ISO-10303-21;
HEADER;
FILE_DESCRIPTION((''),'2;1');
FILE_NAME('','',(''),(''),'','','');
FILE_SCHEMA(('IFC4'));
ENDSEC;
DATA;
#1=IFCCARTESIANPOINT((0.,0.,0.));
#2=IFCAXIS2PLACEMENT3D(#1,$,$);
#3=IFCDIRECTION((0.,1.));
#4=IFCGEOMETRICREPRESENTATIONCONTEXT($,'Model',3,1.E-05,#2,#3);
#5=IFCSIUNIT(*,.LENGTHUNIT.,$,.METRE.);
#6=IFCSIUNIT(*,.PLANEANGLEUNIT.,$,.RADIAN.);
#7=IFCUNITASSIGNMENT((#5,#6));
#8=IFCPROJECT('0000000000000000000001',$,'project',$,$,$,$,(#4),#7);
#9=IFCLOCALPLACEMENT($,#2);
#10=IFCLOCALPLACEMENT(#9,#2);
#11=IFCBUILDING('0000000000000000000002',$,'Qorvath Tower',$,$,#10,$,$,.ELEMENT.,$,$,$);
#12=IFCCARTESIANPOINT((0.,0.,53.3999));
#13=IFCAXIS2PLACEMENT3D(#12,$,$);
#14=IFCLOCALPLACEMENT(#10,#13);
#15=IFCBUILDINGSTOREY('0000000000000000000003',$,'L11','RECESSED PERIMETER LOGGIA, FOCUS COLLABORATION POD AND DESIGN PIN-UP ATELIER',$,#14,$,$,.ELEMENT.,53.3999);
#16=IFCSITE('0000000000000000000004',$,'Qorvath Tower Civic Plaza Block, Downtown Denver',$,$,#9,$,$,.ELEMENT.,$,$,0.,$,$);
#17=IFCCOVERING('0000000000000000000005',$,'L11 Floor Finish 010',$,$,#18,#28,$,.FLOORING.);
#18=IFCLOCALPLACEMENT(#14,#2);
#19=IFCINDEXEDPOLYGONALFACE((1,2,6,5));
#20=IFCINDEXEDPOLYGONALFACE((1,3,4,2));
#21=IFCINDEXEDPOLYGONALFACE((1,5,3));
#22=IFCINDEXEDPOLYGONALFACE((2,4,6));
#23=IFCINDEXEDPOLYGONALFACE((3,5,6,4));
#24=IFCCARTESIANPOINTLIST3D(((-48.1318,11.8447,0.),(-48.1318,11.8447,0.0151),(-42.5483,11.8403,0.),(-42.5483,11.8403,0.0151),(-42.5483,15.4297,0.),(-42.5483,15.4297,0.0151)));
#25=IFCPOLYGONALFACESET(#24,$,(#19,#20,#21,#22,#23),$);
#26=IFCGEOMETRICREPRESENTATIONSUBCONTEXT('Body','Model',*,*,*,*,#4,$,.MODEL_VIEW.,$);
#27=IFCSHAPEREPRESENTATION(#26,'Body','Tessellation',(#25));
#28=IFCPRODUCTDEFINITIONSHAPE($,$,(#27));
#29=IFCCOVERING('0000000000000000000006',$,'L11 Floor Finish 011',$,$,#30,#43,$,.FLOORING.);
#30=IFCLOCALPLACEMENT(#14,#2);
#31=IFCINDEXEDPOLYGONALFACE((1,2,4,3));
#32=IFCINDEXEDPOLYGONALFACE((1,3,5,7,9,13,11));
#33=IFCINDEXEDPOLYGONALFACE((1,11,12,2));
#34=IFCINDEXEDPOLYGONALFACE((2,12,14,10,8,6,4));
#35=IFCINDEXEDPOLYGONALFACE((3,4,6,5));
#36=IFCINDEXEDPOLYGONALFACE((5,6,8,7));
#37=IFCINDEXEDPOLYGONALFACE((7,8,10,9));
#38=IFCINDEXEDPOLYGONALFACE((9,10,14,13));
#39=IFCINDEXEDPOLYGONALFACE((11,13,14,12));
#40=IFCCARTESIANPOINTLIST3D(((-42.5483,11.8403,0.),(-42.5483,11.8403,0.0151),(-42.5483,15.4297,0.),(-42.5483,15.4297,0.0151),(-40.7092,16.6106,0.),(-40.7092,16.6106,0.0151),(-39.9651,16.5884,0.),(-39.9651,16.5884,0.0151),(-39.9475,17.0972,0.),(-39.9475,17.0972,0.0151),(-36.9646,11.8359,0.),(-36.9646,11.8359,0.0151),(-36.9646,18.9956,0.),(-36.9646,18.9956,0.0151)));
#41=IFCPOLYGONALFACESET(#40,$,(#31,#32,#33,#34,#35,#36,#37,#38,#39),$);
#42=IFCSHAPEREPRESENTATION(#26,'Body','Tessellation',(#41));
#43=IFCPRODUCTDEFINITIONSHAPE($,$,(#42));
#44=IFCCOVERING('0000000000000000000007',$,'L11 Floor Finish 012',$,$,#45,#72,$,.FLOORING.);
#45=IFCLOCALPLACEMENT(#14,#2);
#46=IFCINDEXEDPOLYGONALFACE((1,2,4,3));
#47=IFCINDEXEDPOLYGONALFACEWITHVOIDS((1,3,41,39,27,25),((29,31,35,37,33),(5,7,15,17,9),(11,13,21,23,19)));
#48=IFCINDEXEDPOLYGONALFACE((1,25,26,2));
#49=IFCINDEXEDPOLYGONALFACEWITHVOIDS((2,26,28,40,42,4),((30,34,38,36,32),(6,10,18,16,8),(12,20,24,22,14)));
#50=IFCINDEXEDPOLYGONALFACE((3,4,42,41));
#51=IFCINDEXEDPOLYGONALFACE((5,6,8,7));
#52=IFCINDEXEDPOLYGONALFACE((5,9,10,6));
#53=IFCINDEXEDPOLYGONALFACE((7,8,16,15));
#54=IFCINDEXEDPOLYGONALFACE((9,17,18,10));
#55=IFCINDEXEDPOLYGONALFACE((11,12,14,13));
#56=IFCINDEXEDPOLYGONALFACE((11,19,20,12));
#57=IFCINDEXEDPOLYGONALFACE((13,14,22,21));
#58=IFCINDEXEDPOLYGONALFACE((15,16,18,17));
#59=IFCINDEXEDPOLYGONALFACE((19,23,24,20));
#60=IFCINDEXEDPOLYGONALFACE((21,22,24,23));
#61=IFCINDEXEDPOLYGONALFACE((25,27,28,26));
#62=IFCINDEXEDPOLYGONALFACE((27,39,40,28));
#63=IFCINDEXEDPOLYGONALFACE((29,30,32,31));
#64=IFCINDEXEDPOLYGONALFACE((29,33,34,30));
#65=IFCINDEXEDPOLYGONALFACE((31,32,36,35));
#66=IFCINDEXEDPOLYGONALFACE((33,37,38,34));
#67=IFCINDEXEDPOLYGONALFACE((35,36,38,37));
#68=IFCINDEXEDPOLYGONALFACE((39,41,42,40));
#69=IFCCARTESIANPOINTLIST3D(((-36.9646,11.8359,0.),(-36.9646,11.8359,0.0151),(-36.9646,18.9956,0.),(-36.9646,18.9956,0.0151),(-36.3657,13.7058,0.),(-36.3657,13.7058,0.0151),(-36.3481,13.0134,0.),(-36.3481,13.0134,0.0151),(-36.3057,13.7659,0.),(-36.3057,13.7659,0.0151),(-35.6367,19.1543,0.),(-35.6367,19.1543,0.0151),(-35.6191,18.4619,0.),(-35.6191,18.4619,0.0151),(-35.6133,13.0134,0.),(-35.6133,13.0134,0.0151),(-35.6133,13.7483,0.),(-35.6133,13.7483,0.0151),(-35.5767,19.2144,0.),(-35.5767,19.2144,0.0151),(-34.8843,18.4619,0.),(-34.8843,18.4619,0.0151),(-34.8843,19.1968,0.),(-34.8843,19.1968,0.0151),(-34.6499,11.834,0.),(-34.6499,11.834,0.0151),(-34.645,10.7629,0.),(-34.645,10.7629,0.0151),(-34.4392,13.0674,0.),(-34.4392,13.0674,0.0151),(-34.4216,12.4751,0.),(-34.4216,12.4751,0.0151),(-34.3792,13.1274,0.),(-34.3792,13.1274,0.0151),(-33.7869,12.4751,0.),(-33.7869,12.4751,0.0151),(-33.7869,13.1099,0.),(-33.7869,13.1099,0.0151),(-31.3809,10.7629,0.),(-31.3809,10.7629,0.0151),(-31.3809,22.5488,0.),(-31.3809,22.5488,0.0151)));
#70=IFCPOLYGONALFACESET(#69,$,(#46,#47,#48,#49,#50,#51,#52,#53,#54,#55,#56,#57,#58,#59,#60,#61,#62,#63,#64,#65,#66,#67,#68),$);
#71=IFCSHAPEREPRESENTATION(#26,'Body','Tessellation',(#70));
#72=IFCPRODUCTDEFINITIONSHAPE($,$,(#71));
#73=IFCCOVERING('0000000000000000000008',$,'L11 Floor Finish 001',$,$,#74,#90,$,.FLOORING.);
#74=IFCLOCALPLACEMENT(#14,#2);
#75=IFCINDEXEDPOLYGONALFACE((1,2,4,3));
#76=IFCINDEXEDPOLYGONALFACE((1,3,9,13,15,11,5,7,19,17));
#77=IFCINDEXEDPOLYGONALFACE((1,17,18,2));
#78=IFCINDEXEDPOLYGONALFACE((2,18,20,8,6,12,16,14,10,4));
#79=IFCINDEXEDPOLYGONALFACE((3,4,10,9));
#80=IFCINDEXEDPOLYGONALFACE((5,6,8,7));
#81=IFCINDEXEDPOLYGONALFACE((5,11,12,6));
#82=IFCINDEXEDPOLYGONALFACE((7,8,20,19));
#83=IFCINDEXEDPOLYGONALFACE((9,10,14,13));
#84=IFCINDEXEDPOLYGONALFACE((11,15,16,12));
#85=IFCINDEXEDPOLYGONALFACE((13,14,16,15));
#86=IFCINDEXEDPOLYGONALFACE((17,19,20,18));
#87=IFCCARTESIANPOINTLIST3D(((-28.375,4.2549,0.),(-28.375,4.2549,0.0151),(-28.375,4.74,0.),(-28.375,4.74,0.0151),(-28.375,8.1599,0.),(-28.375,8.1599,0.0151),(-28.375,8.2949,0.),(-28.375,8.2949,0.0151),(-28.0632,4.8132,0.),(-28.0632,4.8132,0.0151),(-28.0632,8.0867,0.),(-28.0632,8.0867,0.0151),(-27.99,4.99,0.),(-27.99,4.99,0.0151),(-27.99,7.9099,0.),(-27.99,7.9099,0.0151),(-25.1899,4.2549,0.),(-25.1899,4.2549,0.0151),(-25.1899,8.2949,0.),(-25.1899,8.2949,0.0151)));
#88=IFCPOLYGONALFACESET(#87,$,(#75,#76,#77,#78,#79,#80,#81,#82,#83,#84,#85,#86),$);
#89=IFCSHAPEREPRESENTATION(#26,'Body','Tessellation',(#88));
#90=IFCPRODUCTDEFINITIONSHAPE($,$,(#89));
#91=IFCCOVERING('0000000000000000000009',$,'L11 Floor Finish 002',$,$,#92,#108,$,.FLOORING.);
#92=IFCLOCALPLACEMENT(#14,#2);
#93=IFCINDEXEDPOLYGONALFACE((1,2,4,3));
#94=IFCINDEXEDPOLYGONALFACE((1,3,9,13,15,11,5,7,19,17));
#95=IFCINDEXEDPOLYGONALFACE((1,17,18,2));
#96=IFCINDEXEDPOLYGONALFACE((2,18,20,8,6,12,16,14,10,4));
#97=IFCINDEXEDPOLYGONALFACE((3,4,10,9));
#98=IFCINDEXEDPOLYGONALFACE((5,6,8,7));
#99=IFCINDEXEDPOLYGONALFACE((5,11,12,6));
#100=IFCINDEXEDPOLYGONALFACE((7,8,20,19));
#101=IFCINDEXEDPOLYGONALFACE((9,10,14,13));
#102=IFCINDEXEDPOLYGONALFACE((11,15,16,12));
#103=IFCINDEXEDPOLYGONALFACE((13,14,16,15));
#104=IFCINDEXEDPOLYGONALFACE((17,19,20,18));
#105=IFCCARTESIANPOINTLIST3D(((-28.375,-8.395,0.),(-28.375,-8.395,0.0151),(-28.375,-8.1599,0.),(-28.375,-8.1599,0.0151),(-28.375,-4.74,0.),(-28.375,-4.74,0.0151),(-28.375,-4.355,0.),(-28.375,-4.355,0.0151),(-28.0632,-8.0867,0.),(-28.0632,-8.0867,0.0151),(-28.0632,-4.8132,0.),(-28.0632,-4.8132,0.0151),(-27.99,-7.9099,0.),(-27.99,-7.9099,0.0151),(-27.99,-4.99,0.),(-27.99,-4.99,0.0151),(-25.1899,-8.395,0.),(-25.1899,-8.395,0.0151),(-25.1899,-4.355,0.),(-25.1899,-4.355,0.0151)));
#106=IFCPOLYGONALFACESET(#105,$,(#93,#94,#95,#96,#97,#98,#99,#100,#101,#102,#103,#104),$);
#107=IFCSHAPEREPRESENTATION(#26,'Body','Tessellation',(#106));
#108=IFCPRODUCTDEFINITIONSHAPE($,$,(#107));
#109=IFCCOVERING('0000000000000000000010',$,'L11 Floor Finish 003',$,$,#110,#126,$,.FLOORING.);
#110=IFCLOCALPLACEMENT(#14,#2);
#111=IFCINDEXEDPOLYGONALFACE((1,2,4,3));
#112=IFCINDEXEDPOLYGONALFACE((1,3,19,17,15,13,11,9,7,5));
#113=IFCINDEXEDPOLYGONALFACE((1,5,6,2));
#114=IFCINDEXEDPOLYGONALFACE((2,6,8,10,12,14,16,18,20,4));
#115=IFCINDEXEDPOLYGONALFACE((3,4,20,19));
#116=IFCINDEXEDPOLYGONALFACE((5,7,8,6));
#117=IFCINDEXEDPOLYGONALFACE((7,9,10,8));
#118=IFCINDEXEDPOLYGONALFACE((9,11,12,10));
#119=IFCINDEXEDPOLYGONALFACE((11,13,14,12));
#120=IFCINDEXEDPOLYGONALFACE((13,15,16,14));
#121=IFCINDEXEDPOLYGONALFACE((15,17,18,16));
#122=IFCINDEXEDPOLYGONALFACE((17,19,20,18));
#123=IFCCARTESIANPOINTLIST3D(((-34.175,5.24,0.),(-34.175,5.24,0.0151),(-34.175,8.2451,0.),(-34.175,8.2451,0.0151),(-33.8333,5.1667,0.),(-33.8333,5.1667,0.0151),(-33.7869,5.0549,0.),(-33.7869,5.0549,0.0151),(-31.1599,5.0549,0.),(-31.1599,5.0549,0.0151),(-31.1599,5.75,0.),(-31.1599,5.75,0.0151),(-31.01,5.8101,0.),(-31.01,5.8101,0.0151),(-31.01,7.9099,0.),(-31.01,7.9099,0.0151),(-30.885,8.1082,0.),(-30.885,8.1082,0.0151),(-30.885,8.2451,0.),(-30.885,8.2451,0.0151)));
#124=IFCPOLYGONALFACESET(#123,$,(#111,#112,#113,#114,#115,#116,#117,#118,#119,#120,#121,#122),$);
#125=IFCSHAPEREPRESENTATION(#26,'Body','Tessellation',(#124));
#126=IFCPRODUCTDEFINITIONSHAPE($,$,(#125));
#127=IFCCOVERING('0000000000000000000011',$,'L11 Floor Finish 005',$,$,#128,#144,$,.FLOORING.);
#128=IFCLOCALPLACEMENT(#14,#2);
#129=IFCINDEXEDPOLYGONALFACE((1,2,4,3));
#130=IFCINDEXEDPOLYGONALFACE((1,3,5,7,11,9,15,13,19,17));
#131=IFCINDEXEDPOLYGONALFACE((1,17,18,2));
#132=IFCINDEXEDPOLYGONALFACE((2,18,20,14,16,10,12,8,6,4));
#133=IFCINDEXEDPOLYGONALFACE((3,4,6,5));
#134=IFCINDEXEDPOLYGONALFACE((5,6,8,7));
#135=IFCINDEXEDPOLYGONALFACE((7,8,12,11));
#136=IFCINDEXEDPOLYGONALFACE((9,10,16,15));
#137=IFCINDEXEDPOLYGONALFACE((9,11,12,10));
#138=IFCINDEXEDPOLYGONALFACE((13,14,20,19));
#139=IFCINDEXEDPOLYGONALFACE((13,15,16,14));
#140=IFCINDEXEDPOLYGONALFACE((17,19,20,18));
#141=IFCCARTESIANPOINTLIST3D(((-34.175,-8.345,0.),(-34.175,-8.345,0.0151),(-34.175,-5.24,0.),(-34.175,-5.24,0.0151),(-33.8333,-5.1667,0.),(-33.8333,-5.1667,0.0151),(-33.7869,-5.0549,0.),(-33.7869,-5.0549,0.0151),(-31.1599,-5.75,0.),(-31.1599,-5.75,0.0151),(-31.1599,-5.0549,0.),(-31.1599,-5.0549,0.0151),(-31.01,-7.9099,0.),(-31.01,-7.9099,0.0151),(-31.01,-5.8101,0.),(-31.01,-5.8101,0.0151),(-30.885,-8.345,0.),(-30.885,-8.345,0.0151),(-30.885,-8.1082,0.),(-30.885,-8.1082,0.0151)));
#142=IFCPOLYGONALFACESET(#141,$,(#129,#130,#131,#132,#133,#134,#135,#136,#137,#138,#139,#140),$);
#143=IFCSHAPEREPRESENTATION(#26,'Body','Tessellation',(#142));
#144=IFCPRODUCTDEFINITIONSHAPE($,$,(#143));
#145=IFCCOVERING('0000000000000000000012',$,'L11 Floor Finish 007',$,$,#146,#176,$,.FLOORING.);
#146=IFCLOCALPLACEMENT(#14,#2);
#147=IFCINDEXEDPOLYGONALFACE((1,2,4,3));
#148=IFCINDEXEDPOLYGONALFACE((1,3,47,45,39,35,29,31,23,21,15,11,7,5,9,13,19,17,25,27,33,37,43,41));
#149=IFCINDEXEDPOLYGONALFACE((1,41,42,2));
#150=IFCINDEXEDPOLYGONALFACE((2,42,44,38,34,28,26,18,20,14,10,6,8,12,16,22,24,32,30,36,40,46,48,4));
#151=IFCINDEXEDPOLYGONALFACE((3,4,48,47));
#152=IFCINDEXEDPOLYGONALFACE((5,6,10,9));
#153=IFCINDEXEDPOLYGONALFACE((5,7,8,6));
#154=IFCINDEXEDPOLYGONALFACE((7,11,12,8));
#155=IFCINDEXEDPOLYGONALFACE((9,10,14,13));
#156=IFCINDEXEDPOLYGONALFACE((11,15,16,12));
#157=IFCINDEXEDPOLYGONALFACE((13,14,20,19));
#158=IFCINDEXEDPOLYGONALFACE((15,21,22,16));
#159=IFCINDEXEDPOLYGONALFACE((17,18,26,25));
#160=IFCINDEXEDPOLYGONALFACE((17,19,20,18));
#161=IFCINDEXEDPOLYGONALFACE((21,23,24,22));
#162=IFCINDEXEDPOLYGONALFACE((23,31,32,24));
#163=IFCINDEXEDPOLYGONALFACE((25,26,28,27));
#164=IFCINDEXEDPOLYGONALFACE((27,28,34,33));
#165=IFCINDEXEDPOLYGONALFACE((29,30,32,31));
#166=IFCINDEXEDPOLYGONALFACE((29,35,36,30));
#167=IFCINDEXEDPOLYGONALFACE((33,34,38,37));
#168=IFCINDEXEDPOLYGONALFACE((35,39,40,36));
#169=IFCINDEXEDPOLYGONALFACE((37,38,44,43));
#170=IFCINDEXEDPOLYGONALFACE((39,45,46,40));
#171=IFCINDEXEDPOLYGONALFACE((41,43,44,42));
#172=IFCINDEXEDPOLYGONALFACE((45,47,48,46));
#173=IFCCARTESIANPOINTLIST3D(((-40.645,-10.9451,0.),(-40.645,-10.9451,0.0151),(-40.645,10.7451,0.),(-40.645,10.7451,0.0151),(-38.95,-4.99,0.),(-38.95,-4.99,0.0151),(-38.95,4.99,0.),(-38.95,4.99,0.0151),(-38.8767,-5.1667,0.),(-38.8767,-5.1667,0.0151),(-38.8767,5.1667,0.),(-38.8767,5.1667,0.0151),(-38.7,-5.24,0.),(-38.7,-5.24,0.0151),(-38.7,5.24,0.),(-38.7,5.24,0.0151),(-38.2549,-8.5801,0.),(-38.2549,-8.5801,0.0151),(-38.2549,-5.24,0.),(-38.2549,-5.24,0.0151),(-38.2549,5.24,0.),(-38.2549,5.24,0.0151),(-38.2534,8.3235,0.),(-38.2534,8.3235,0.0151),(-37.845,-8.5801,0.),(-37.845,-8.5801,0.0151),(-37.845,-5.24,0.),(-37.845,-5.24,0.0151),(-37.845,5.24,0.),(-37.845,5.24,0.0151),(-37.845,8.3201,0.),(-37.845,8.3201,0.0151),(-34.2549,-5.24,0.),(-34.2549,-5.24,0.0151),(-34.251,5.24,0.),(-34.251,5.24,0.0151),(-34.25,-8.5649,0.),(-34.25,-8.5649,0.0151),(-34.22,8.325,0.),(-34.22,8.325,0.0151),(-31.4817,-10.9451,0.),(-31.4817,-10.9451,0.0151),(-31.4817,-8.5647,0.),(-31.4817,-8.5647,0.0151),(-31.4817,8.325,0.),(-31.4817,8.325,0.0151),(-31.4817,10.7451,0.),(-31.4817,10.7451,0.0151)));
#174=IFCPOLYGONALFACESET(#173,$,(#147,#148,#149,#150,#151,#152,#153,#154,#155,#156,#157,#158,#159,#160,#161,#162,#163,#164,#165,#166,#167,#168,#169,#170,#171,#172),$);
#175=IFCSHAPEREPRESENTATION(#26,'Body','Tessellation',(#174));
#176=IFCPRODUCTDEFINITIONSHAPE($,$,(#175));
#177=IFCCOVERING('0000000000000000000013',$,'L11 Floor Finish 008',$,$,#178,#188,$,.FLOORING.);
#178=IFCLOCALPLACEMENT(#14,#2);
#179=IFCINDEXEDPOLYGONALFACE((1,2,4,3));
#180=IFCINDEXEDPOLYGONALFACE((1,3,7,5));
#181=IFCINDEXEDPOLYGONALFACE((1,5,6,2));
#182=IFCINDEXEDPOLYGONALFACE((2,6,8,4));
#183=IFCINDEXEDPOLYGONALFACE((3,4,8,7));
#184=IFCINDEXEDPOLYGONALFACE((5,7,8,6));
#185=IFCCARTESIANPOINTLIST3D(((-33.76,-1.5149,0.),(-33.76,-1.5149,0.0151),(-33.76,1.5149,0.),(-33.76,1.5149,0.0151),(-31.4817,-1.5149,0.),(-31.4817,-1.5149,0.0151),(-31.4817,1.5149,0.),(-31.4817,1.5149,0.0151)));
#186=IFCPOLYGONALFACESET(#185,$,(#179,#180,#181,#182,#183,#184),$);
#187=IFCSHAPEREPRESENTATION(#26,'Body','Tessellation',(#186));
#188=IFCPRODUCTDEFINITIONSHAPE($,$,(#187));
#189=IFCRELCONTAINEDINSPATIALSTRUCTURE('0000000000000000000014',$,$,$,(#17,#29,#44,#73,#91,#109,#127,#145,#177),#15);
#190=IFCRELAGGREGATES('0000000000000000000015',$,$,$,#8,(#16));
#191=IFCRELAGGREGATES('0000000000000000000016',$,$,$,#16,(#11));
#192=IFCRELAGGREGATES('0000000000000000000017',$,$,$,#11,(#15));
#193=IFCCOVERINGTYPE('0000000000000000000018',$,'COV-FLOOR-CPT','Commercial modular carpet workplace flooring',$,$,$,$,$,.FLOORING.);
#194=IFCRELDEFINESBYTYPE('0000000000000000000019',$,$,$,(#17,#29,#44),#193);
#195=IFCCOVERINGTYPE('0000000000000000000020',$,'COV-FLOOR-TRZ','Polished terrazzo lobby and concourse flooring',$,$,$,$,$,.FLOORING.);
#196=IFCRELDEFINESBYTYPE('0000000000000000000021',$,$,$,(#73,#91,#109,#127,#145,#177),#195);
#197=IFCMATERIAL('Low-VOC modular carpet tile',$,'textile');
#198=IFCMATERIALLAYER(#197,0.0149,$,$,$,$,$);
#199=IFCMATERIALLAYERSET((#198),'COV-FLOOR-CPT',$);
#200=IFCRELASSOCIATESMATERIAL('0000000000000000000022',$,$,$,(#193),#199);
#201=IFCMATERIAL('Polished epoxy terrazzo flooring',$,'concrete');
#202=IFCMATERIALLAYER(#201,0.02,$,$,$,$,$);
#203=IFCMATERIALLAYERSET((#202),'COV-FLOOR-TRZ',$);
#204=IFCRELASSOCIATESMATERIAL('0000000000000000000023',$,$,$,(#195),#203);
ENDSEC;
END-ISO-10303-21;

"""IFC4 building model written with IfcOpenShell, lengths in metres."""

from ifc_helpers import new_model, si_unit, direction, frame, origin, place, context, subcontext, project, spatial, polyline, outline, extrude, material, layer, layer_set, type_object, element, save


model = new_model("IFC4")

# Units and contexts
model_context = context("Model", 3, precision=1e-05, world=origin(), true_north=direction((0.0, 1.0)))
body_context = subcontext(model_context, "Body", "Model", "MODEL_VIEW")
ifc_project = project(units=[si_unit("LENGTHUNIT", "METRE"), si_unit("PLANEANGLEUNIT", "RADIAN")], contexts=[model_context])

# Site, building, storey
site_placement = place(None, origin())
site = spatial("IfcSite", under=ifc_project, at=site_placement, Name="Qorvath Tower Civic Plaza Block, Downtown Denver", CompositionType="ELEMENT", RefElevation=0.0)
building_placement = place(site_placement, origin())
building = spatial("IfcBuilding", under=site, at=building_placement, Name="Qorvath Tower", CompositionType="ELEMENT")
storey_placement = place(building_placement, frame((0.0, 0.0, 53.3999)))
storey = spatial("IfcBuildingStorey", under=building, at=storey_placement, Name="L11", Description="RECESSED PERIMETER LOGGIA, FOCUS COLLABORATION POD AND DESIGN PIN-UP ATELIER", CompositionType="ELEMENT", Elevation=53.3999)

# Coverings
ifc_material_1 = material(Name="Low-VOC modular carpet tile", Category="textile")
ifc_layer_1 = layer(ifc_material_1, 0.0149)
ifc_layer_set_1 = layer_set([ifc_layer_1], Name="COV-FLOOR-CPT")
covering_type_1 = type_object("IfcCoveringType", Name="COV-FLOOR-CPT", Description="Commercial modular carpet workplace flooring", PredefinedType="FLOORING", material=ifc_layer_set_1)
covering_1_placement = place(storey_placement, origin())
element("IfcCovering", 1, at=covering_1_placement, inside=storey, type_object=covering_type_1, Name="L11 Floor Finish 010", PredefinedType="FLOORING", context=body_context, shape_type="SweptSolid", body=[
    extrude(outline(polyline([(-42.5483, 11.8403), (-42.5483, 15.4297), (-48.1318, 11.8447), (-42.5483, 11.8403)])), origin(), (0.0, 0.0, 1.0), 0.0151),
])
covering_2_placement = place(storey_placement, origin())
element("IfcCovering", 2, at=covering_2_placement, inside=storey, type_object=covering_type_1, Name="L11 Floor Finish 011", PredefinedType="FLOORING", context=body_context, shape_type="SweptSolid", body=[
    extrude(outline(polyline([(-36.9646, 11.8359), (-36.9646, 18.9956), (-39.9475, 17.0972), (-39.9651, 16.5884), (-40.7092, 16.6106), (-42.5483, 15.4297), (-42.5483, 11.8403), (-36.9646, 11.8359)])), origin(), (0.0, 0.0, 1.0), 0.0151),
])
covering_3_placement = place(storey_placement, origin())
element("IfcCovering", 3, at=covering_3_placement, inside=storey, type_object=covering_type_1, Name="L11 Floor Finish 012", PredefinedType="FLOORING", context=body_context, shape_type="SweptSolid", body=[
    extrude(outline(polyline([(-31.3809, 22.5488), (-36.9646, 18.9956), (-36.9646, 11.8359), (-34.6499, 11.834), (-34.645, 10.7629), (-31.3809, 10.7629), (-31.3809, 22.5488)]), holes=[polyline([(-34.4392, 13.0674), (-34.3792, 13.1274), (-33.7869, 13.1099), (-33.7869, 12.4751), (-34.4216, 12.4751), (-34.4392, 13.0674)]), polyline([(-35.6367, 19.1543), (-35.5767, 19.2144), (-34.8843, 19.1968), (-34.8843, 18.4619), (-35.6191, 18.4619), (-35.6367, 19.1543)]), polyline([(-36.3657, 13.7058), (-36.3057, 13.7659), (-35.6133, 13.7483), (-35.6133, 13.0134), (-36.3481, 13.0134), (-36.3657, 13.7058)])]), origin(), (0.0, 0.0, 1.0), 0.0151),
])
ifc_material_2 = material(Name="Polished epoxy terrazzo flooring", Category="concrete")
ifc_layer_2 = layer(ifc_material_2, 0.02)
ifc_layer_set_2 = layer_set([ifc_layer_2], Name="COV-FLOOR-TRZ")
covering_type_2 = type_object("IfcCoveringType", Name="COV-FLOOR-TRZ", Description="Polished terrazzo lobby and concourse flooring", PredefinedType="FLOORING", material=ifc_layer_set_2)
covering_4_placement = place(storey_placement, origin())
element("IfcCovering", 4, at=covering_4_placement, inside=storey, type_object=covering_type_2, Name="L11 Floor Finish 001", PredefinedType="FLOORING", context=body_context, shape_type="SweptSolid", body=[
    extrude(outline(polyline([(-25.1899, 4.2549), (-25.1899, 8.2949), (-28.375, 8.2949), (-28.375, 8.1599), (-28.0632, 8.0867), (-27.99, 7.9099), (-27.99, 4.99), (-28.0632, 4.8132), (-28.375, 4.74), (-28.375, 4.2549), (-25.1899, 4.2549)])), origin(), (0.0, 0.0, 1.0), 0.0151),
])
covering_5_placement = place(storey_placement, origin())
element("IfcCovering", 5, at=covering_5_placement, inside=storey, type_object=covering_type_2, Name="L11 Floor Finish 002", PredefinedType="FLOORING", context=body_context, shape_type="SweptSolid", body=[
    extrude(outline(polyline([(-25.1899, -8.395), (-25.1899, -4.355), (-28.375, -4.355), (-28.375, -4.74), (-28.0632, -4.8132), (-27.99, -4.99), (-27.99, -7.9099), (-28.0632, -8.0867), (-28.375, -8.1599), (-28.375, -8.395), (-25.1899, -8.395)])), origin(), (0.0, 0.0, 1.0), 0.0151),
])
covering_6_placement = place(storey_placement, origin())
element("IfcCovering", 6, at=covering_6_placement, inside=storey, type_object=covering_type_2, Name="L11 Floor Finish 003", PredefinedType="FLOORING", context=body_context, shape_type="SweptSolid", body=[
    extrude(outline(polyline([(-31.01, 7.9099), (-30.885, 8.1082), (-30.885, 8.2451), (-34.175, 8.2451), (-34.175, 5.24), (-33.8333, 5.1667), (-33.7869, 5.0549), (-31.1599, 5.0549), (-31.1599, 5.75), (-31.01, 5.8101), (-31.01, 7.9099)])), origin(), (0.0, 0.0, 1.0), 0.0151),
])
covering_7_placement = place(storey_placement, origin())
element("IfcCovering", 7, at=covering_7_placement, inside=storey, type_object=covering_type_2, Name="L11 Floor Finish 005", PredefinedType="FLOORING", context=body_context, shape_type="SweptSolid", body=[
    extrude(outline(polyline([(-31.1599, -5.0549), (-33.7869, -5.0549), (-33.8333, -5.1667), (-34.175, -5.24), (-34.175, -8.345), (-30.885, -8.345), (-30.885, -8.1082), (-31.01, -7.9099), (-31.01, -5.8101), (-31.1599, -5.75), (-31.1599, -5.0549)])), origin(), (0.0, 0.0, 1.0), 0.0151),
])
covering_8_placement = place(storey_placement, origin())
element("IfcCovering", 8, at=covering_8_placement, inside=storey, type_object=covering_type_2, Name="L11 Floor Finish 007", PredefinedType="FLOORING", context=body_context, shape_type="SweptSolid", body=[
    extrude(outline(polyline([(-31.4817, -10.9451), (-31.4817, -8.5647), (-34.25, -8.5649), (-34.2549, -5.24), (-37.845, -5.24), (-37.845, -8.5801), (-38.2549, -8.5801), (-38.2549, -5.24), (-38.7, -5.24), (-38.8767, -5.1667), (-38.95, -4.99), (-38.95, 4.99), (-38.8767, 5.1667), (-38.7, 5.24), (-38.2549, 5.24), (-38.2534, 8.3235), (-37.845, 8.3201), (-37.845, 5.24), (-34.251, 5.24), (-34.22, 8.325), (-31.4817, 8.325), (-31.4817, 10.7451), (-40.645, 10.7451), (-40.645, -10.9451), (-31.4817, -10.9451)])), origin(), (0.0, 0.0, 1.0), 0.0151),
])
covering_9_placement = place(storey_placement, origin())
element("IfcCovering", 9, at=covering_9_placement, inside=storey, type_object=covering_type_2, Name="L11 Floor Finish 008", PredefinedType="FLOORING", context=body_context, shape_type="SweptSolid", body=[
    extrude(outline(polyline([(-31.4817, -1.5149), (-31.4817, 1.5149), (-33.76, 1.5149), (-33.76, -1.5149), (-31.4817, -1.5149)])), origin(), (0.0, 0.0, 1.0), 0.0151),
])

save(model, "model.ifc")
